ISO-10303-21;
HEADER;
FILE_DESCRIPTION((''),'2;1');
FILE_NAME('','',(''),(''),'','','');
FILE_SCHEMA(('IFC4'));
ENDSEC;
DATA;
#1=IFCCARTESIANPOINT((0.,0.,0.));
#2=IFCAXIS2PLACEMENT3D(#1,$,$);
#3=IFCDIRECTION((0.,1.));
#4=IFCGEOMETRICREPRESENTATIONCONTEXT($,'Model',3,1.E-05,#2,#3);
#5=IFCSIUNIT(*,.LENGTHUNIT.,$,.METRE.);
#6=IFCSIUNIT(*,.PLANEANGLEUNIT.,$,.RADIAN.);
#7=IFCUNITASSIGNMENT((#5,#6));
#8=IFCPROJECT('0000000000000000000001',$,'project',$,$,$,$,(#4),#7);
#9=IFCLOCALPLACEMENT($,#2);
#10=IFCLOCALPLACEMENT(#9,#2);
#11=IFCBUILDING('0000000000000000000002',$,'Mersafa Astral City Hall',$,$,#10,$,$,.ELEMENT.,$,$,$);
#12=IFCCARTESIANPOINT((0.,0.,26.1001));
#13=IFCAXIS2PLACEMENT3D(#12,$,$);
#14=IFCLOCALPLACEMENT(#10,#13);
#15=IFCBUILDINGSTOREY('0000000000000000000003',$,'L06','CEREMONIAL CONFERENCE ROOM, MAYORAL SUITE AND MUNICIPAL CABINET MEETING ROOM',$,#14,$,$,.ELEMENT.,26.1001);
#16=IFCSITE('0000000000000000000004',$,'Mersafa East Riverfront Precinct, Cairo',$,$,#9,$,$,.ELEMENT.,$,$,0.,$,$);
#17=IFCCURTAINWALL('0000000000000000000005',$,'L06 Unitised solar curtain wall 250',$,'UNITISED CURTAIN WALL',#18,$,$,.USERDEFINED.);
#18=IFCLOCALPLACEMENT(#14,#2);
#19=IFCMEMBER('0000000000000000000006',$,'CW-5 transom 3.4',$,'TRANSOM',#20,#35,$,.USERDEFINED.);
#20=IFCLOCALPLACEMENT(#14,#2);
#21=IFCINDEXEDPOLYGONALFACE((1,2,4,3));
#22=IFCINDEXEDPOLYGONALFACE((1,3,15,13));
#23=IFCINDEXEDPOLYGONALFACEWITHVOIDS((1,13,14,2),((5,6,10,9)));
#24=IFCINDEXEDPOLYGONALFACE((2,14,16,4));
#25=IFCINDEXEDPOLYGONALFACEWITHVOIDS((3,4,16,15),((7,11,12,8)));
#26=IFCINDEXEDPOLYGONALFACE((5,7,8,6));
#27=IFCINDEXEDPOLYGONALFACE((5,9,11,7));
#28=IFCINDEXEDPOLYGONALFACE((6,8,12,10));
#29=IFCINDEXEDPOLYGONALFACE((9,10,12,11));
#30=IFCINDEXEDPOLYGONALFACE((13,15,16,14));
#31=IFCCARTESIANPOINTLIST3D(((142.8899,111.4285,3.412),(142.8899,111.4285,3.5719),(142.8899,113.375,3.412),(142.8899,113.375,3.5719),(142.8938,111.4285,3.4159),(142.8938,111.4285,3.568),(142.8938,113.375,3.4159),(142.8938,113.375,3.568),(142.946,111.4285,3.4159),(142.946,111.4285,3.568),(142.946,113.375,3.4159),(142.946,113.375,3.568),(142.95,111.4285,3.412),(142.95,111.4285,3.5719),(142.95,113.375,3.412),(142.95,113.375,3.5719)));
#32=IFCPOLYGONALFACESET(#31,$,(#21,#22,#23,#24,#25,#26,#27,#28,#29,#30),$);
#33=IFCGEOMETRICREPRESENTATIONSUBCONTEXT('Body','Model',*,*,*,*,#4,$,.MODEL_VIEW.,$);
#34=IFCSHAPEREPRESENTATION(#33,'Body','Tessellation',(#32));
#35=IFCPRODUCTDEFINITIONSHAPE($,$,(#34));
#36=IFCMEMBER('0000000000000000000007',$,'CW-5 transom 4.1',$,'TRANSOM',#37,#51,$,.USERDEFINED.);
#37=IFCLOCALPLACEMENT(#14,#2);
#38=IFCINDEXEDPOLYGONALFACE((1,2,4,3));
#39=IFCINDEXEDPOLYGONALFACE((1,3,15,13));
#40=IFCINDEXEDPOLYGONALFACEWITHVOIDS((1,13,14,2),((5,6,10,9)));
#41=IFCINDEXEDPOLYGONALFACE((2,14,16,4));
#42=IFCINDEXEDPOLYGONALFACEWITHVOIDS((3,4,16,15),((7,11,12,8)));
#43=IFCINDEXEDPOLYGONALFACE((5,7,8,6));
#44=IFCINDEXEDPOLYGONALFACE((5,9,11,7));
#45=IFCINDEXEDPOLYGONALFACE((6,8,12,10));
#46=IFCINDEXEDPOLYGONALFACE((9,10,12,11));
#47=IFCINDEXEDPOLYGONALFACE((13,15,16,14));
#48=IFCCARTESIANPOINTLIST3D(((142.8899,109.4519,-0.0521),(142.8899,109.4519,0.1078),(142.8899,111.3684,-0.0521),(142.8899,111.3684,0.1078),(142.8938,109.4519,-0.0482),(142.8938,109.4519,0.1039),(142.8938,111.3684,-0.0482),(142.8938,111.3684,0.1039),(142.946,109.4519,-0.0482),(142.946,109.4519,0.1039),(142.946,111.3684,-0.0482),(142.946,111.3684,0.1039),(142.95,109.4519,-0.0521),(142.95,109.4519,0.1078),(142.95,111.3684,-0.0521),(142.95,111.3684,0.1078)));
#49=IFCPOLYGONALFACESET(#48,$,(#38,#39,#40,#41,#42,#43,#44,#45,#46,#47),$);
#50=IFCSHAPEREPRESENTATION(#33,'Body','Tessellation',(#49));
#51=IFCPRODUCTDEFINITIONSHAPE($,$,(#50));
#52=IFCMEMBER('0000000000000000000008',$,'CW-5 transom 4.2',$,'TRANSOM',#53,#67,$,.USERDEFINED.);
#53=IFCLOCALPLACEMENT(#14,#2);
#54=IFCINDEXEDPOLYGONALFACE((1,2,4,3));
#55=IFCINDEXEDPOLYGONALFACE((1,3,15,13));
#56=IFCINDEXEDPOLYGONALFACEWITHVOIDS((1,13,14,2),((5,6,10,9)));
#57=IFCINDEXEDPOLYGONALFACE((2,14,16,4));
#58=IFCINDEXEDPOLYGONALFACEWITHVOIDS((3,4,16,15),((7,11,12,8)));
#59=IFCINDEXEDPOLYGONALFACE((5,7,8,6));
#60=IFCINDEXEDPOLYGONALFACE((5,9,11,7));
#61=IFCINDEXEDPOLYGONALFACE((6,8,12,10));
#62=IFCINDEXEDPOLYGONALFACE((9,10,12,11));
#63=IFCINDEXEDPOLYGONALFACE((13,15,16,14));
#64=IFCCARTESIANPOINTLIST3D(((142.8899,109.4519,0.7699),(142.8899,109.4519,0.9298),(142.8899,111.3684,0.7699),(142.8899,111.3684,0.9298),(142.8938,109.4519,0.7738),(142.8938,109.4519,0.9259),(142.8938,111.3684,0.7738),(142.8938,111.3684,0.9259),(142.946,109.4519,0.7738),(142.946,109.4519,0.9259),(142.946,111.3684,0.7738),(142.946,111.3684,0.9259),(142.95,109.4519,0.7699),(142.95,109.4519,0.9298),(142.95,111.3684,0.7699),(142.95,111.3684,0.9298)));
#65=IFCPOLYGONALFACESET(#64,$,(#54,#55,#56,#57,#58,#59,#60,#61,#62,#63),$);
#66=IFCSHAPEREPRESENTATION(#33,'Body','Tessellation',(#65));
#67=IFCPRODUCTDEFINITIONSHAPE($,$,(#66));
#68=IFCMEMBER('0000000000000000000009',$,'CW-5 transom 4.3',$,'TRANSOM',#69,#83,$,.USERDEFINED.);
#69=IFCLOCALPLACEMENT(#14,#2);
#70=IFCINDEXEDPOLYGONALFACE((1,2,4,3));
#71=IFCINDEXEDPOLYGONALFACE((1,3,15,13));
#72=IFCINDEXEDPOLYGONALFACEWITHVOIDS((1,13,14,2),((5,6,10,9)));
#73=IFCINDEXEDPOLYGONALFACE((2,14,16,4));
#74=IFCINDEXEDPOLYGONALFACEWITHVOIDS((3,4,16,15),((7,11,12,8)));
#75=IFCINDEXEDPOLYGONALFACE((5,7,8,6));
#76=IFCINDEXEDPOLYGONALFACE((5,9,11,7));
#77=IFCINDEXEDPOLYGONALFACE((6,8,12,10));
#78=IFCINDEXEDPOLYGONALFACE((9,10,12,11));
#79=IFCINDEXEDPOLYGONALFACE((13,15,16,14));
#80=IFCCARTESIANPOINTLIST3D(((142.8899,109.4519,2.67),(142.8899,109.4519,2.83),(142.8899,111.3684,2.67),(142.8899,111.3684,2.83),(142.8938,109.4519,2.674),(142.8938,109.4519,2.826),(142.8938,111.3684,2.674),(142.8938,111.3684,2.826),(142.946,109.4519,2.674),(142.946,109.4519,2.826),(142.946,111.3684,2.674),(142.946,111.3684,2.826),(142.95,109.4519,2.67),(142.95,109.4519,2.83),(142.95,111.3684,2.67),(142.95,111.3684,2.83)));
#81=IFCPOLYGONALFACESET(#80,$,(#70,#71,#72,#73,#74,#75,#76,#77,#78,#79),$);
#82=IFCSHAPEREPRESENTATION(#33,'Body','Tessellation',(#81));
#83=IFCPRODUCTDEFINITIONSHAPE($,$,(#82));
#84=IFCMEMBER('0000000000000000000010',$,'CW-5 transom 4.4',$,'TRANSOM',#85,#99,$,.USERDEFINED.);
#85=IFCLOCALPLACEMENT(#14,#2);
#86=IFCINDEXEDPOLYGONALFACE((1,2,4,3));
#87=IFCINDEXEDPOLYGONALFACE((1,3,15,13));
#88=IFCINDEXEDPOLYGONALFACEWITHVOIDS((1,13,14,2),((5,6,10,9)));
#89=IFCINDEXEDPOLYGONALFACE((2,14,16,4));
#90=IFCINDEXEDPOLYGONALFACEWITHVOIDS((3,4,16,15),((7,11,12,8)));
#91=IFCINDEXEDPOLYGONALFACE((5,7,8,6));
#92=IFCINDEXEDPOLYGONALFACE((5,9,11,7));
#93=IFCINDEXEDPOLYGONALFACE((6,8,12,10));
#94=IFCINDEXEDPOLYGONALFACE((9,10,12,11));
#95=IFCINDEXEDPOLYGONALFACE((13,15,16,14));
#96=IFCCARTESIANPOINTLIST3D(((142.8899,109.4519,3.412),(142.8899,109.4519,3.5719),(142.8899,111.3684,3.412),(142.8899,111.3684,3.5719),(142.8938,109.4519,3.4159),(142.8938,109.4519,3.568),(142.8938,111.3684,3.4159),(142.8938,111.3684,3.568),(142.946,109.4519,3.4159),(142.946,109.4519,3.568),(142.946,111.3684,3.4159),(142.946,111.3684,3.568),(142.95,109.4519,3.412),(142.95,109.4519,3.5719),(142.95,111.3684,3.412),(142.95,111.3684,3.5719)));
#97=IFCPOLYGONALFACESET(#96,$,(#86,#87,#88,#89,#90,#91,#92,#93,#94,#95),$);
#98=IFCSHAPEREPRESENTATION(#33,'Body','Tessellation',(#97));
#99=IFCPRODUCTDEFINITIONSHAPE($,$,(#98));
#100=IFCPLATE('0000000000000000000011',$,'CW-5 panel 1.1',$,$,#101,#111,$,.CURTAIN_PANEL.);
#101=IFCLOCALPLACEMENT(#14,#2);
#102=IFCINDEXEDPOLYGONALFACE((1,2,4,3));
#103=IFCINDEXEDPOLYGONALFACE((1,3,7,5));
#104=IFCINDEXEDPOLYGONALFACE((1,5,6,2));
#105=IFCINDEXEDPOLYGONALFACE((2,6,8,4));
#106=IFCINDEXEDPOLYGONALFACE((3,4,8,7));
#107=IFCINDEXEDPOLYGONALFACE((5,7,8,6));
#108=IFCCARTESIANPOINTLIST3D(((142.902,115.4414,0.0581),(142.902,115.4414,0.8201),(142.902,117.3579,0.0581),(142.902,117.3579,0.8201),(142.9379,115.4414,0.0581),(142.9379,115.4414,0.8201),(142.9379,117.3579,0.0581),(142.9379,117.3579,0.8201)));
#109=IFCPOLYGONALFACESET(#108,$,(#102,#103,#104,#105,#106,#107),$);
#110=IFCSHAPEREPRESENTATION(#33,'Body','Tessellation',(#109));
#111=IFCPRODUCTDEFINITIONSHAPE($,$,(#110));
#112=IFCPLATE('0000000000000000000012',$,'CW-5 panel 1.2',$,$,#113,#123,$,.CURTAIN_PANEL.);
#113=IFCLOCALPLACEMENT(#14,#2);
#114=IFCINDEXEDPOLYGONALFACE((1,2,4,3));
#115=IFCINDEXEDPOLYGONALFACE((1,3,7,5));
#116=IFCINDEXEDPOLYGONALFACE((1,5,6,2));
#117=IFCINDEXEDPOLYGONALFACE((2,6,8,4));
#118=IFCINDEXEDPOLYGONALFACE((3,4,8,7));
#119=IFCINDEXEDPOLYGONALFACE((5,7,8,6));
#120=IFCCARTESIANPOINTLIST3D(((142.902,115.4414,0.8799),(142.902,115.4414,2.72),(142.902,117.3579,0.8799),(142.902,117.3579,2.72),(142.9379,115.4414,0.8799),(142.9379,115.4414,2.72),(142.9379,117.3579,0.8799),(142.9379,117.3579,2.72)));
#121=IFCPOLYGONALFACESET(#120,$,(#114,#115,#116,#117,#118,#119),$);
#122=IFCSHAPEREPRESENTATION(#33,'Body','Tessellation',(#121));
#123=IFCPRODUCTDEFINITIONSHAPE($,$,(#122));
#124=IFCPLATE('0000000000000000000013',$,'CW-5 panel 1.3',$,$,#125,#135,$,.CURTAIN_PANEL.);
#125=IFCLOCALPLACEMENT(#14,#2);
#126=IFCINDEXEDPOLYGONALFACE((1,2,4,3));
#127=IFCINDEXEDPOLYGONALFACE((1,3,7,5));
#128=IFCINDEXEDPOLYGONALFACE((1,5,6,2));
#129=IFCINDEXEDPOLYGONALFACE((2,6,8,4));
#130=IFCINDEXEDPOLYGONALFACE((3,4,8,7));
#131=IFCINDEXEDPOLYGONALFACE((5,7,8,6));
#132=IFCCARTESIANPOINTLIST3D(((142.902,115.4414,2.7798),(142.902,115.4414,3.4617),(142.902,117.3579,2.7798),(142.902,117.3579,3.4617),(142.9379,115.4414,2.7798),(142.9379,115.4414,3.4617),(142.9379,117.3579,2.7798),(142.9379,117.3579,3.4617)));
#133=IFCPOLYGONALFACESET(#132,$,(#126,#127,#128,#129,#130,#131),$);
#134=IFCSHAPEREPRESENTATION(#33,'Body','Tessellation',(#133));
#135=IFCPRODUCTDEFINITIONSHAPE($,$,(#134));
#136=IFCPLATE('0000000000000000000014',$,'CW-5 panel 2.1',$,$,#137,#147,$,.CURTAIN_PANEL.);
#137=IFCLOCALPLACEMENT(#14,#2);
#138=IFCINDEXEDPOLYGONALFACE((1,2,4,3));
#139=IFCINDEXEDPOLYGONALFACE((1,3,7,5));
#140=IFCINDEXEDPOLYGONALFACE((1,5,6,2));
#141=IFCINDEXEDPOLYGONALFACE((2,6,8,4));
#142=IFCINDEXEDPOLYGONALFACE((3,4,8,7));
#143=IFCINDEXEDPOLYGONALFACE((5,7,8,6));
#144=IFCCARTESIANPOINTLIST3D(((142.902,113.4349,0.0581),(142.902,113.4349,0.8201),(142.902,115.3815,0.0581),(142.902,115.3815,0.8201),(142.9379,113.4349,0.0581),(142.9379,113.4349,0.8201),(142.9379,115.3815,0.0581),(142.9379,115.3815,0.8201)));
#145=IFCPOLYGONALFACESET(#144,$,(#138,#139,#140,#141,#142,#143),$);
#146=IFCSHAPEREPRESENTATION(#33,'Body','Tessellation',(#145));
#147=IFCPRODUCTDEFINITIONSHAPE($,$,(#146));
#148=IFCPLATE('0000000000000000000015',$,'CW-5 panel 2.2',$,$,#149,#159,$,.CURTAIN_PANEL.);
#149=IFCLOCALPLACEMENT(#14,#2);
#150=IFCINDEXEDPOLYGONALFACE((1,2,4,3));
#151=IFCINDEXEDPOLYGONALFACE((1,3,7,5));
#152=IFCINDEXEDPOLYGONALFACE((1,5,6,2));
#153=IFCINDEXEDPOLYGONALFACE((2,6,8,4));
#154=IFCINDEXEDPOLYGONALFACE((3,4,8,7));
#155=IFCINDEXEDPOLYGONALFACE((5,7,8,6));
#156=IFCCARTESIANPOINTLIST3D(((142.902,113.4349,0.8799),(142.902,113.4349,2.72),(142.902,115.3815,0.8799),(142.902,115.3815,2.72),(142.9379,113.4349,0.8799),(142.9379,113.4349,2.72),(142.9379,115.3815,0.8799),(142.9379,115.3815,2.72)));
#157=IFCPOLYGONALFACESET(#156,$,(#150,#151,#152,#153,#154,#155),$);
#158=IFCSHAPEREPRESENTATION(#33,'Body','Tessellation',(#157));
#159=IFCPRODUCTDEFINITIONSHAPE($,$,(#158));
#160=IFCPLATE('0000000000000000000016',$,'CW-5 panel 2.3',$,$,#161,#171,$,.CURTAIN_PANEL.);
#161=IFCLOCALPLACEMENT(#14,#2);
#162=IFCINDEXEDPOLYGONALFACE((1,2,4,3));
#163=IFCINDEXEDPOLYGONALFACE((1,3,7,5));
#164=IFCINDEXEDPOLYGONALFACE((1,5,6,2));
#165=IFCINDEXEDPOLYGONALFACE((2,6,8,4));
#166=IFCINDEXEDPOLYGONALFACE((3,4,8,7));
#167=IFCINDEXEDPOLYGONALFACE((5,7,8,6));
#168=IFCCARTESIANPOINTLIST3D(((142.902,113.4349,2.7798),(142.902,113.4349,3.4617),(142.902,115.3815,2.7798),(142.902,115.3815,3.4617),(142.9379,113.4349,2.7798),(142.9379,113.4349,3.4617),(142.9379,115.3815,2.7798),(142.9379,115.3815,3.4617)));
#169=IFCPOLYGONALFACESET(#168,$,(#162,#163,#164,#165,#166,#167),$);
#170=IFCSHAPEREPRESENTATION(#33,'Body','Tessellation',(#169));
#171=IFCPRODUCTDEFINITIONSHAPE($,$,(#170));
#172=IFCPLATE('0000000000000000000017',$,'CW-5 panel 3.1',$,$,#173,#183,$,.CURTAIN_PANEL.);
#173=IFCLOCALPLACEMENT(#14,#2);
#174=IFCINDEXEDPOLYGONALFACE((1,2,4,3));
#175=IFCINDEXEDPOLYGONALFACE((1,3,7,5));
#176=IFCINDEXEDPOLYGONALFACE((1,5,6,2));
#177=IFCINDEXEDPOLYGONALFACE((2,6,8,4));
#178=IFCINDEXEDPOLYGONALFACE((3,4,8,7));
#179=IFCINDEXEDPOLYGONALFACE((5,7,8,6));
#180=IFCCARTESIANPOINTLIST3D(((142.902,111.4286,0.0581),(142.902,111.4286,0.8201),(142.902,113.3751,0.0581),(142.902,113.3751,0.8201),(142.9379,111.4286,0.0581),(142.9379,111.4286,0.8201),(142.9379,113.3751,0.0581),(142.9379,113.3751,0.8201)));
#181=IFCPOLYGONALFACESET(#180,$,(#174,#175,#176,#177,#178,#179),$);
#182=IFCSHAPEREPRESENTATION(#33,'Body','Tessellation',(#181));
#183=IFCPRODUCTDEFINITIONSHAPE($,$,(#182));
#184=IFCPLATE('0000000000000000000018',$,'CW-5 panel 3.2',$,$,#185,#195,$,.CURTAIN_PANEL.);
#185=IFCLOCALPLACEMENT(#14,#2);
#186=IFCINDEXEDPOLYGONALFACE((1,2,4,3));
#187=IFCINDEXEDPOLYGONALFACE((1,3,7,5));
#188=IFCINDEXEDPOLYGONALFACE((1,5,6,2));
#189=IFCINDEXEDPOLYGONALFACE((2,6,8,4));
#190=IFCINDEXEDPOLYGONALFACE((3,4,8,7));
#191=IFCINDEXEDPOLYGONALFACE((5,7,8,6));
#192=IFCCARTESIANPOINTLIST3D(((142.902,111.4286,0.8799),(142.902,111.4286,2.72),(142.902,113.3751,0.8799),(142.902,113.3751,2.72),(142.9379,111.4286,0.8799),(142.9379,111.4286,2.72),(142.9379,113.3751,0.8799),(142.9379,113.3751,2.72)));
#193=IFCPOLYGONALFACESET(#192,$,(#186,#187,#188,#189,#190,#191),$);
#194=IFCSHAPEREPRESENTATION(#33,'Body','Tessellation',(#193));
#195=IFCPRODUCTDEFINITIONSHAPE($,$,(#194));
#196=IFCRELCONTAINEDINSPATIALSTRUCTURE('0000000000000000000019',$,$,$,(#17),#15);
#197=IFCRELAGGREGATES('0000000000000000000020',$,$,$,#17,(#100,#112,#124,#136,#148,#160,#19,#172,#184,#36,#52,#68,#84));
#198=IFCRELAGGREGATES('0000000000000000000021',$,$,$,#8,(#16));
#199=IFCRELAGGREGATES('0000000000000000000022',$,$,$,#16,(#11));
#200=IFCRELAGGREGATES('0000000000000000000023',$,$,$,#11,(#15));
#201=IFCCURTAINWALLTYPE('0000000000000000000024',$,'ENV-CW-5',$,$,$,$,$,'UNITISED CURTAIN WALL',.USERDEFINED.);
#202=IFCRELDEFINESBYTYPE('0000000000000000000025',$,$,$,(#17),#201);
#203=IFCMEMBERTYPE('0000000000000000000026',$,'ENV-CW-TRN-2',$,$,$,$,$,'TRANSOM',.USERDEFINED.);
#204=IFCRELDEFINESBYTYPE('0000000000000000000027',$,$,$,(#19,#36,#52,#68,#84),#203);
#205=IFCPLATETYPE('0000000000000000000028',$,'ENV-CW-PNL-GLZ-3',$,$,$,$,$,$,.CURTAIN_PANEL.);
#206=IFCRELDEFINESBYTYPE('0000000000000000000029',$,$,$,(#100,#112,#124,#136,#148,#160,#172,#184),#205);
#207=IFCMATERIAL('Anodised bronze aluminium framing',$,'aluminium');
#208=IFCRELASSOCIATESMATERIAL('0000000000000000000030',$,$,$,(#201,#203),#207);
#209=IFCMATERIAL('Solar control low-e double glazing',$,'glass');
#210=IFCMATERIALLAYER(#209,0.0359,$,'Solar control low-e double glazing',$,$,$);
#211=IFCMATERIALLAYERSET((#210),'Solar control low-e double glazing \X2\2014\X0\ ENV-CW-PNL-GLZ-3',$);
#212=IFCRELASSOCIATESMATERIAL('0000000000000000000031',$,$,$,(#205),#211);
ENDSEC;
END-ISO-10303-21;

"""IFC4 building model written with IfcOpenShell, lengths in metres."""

from ifc_helpers import new_model, si_unit, direction, frame, origin, origin_2d, place, context, subcontext, project, spatial, rectangle, hollow_rectangle, extrude, material, layer, layer_set, material_profile, profile_set, type_object, element, aggregate, save


model = new_model("IFC4")

# Units and contexts
model_context = context("Model", 3, precision=1e-05, world=origin(), true_north=direction((0.0, 1.0)))
body_context = subcontext(model_context, "Body", "Model", "MODEL_VIEW")
ifc_project = project(units=[si_unit("LENGTHUNIT", "METRE"), si_unit("PLANEANGLEUNIT", "RADIAN")], contexts=[model_context])

# Site, building, storey
site_placement = place(None, origin())
site = spatial("IfcSite", under=ifc_project, at=site_placement, Name="Mersafa East Riverfront Precinct, Cairo", CompositionType="ELEMENT", RefElevation=0.0)
building_placement = place(site_placement, origin())
building = spatial("IfcBuilding", under=site, at=building_placement, Name="Mersafa Astral City Hall", CompositionType="ELEMENT")
storey_placement = place(building_placement, frame((0.0, 0.0, 26.1001)))
storey = spatial("IfcBuildingStorey", under=building, at=storey_placement, Name="L06", Description="CEREMONIAL CONFERENCE ROOM, MAYORAL SUITE AND MUNICIPAL CABINET MEETING ROOM", CompositionType="ELEMENT", Elevation=26.1001)

# Curtain wall, members, plates
ifc_material_1 = material(Name="Anodised bronze aluminium framing", Category="aluminium")
curtain_wall_type = type_object("IfcCurtainWallType", Name="ENV-CW-5", ElementType="UNITISED CURTAIN WALL", PredefinedType="USERDEFINED", material=ifc_material_1)
curtain_wall_placement = place(storey_placement, origin())
curtain_wall = element("IfcCurtainWall", 1, at=curtain_wall_placement, inside=storey, type_object=curtain_wall_type, Name="L06 Unitised solar curtain wall 250", ObjectType="UNITISED CURTAIN WALL", PredefinedType="USERDEFINED")
ifc_material_profile_1 = material_profile(ifc_material_1, hollow_rectangle(XDim=0.0601, YDim=0.1599, WallThickness=0.0039, at=origin_2d()), Name="RHS 60x160x4")
ifc_profile_set_1 = profile_set([ifc_material_profile_1], Name="Anodised bronze aluminium framing")
member_type_1 = type_object("IfcMemberType", Name="ENV-CW-TRN-2", ElementType="TRANSOM", PredefinedType="USERDEFINED", material=ifc_profile_set_1)
member_1_placement = place(storey_placement, frame((142.9199, 113.375, 3.4919), z_axis=(0.0, -1.0, 0.0), x_axis=(1.0, 0.0, 0.0)))
member_1 = element("IfcMember", 2, at=member_1_placement, type_object=member_type_1, Name="CW-5 transom 3.4", ObjectType="TRANSOM", PredefinedType="USERDEFINED", context=body_context, shape_type="SweptSolid", body=[
    extrude(hollow_rectangle(XDim=0.0601, YDim=0.1599, WallThickness=0.0039, at=origin_2d()), origin(), (0.0, 0.0, 1.0), 1.9465),
])
member_2_placement = place(storey_placement, frame((142.9199, 111.3684, 0.0278), z_axis=(0.0, -1.0, 0.0), x_axis=(1.0, 0.0, 0.0)))
member_2 = element("IfcMember", 3, at=member_2_placement, type_object=member_type_1, Name="CW-5 transom 4.1", ObjectType="TRANSOM", PredefinedType="USERDEFINED", context=body_context, shape_type="SweptSolid", body=[
    extrude(hollow_rectangle(XDim=0.0601, YDim=0.1599, WallThickness=0.0039, at=origin_2d()), origin(), (0.0, 0.0, 1.0), 1.9165),
])
member_3_placement = place(storey_placement, frame((142.9199, 111.3684, 0.8499), z_axis=(0.0, -1.0, 0.0), x_axis=(1.0, 0.0, 0.0)))
member_3 = element("IfcMember", 4, at=member_3_placement, type_object=member_type_1, Name="CW-5 transom 4.2", ObjectType="TRANSOM", PredefinedType="USERDEFINED", context=body_context, shape_type="SweptSolid", body=[
    extrude(hollow_rectangle(XDim=0.0601, YDim=0.1599, WallThickness=0.0039, at=origin_2d()), origin(), (0.0, 0.0, 1.0), 1.9165),
])
member_4_placement = place(storey_placement, frame((142.9199, 111.3684, 2.75), z_axis=(0.0, -1.0, 0.0), x_axis=(1.0, 0.0, 0.0)))
member_4 = element("IfcMember", 5, at=member_4_placement, type_object=member_type_1, Name="CW-5 transom 4.3", ObjectType="TRANSOM", PredefinedType="USERDEFINED", context=body_context, shape_type="SweptSolid", body=[
    extrude(hollow_rectangle(XDim=0.0601, YDim=0.1599, WallThickness=0.0039, at=origin_2d()), origin(), (0.0, 0.0, 1.0), 1.9165),
])
member_5_placement = place(storey_placement, frame((142.9199, 111.3684, 3.4919), z_axis=(0.0, -1.0, 0.0), x_axis=(1.0, 0.0, 0.0)))
member_5 = element("IfcMember", 6, at=member_5_placement, type_object=member_type_1, Name="CW-5 transom 4.4", ObjectType="TRANSOM", PredefinedType="USERDEFINED", context=body_context, shape_type="SweptSolid", body=[
    extrude(hollow_rectangle(XDim=0.0601, YDim=0.1599, WallThickness=0.0039, at=origin_2d()), origin(), (0.0, 0.0, 1.0), 1.9165),
])
ifc_material_2 = material(Name="Solar control low-e double glazing", Category="glass")
ifc_layer_1 = layer(ifc_material_2, 0.0359, Name="Solar control low-e double glazing")
ifc_layer_set_1 = layer_set([ifc_layer_1], Name="Solar control low-e double glazing — ENV-CW-PNL-GLZ-3")
plate_type = type_object("IfcPlateType", Name="ENV-CW-PNL-GLZ-3", PredefinedType="CURTAIN_PANEL", material=ifc_layer_set_1)
plate_1_placement = place(storey_placement, frame((142.9199, 116.3997, 0.0581), z_axis=(0.0, 0.0, 1.0), x_axis=(0.0, -1.0, 0.0)))
plate_1 = element("IfcPlate", 7, at=plate_1_placement, type_object=plate_type, Name="CW-5 panel 1.1", PredefinedType="CURTAIN_PANEL", context=body_context, shape_type="SweptSolid", body=[
    extrude(rectangle(XDim=1.9165, YDim=0.0359, at=origin_2d()), origin(), (0.0, 0.0, 1.0), 0.762),
])
plate_2_placement = place(storey_placement, frame((142.9199, 116.3997, 0.8799), z_axis=(0.0, 0.0, 1.0), x_axis=(0.0, -1.0, 0.0)))
plate_2 = element("IfcPlate", 8, at=plate_2_placement, type_object=plate_type, Name="CW-5 panel 1.2", PredefinedType="CURTAIN_PANEL", context=body_context, shape_type="SweptSolid", body=[
    extrude(rectangle(XDim=1.9165, YDim=0.0359, at=origin_2d()), origin(), (0.0, 0.0, 1.0), 1.8401),
])
plate_3_placement = place(storey_placement, frame((142.9199, 116.3997, 2.7798), z_axis=(0.0, 0.0, 1.0), x_axis=(0.0, -1.0, 0.0)))
plate_3 = element("IfcPlate", 9, at=plate_3_placement, type_object=plate_type, Name="CW-5 panel 1.3", PredefinedType="CURTAIN_PANEL", context=body_context, shape_type="SweptSolid", body=[
    extrude(rectangle(XDim=1.9165, YDim=0.0359, at=origin_2d()), origin(), (0.0, 0.0, 1.0), 0.6819),
])
plate_4_placement = place(storey_placement, frame((142.9199, 114.4082, 0.0581), z_axis=(0.0, 0.0, 1.0), x_axis=(0.0, -1.0, 0.0)))
plate_4 = element("IfcPlate", 10, at=plate_4_placement, type_object=plate_type, Name="CW-5 panel 2.1", PredefinedType="CURTAIN_PANEL", context=body_context, shape_type="SweptSolid", body=[
    extrude(rectangle(XDim=1.9465, YDim=0.0359, at=origin_2d()), origin(), (0.0, 0.0, 1.0), 0.762),
])
plate_5_placement = place(storey_placement, frame((142.9199, 114.4082, 0.8799), z_axis=(0.0, 0.0, 1.0), x_axis=(0.0, -1.0, 0.0)))
plate_5 = element("IfcPlate", 11, at=plate_5_placement, type_object=plate_type, Name="CW-5 panel 2.2", PredefinedType="CURTAIN_PANEL", context=body_context, shape_type="SweptSolid", body=[
    extrude(rectangle(XDim=1.9465, YDim=0.0359, at=origin_2d()), origin(), (0.0, 0.0, 1.0), 1.8401),
])
plate_6_placement = place(storey_placement, frame((142.9199, 114.4082, 2.7798), z_axis=(0.0, 0.0, 1.0), x_axis=(0.0, -1.0, 0.0)))
plate_6 = element("IfcPlate", 12, at=plate_6_placement, type_object=plate_type, Name="CW-5 panel 2.3", PredefinedType="CURTAIN_PANEL", context=body_context, shape_type="SweptSolid", body=[
    extrude(rectangle(XDim=1.9465, YDim=0.0359, at=origin_2d()), origin(), (0.0, 0.0, 1.0), 0.6819),
])
plate_7_placement = place(storey_placement, frame((142.9199, 112.4019, 0.0581), z_axis=(0.0, 0.0, 1.0), x_axis=(0.0, -1.0, 0.0)))
plate_7 = element("IfcPlate", 13, at=plate_7_placement, type_object=plate_type, Name="CW-5 panel 3.1", PredefinedType="CURTAIN_PANEL", context=body_context, shape_type="SweptSolid", body=[
    extrude(rectangle(XDim=1.9465, YDim=0.0359, at=origin_2d()), origin(), (0.0, 0.0, 1.0), 0.762),
])
plate_8_placement = place(storey_placement, frame((142.9199, 112.4019, 0.8799), z_axis=(0.0, 0.0, 1.0), x_axis=(0.0, -1.0, 0.0)))
plate_8 = element("IfcPlate", 14, at=plate_8_placement, type_object=plate_type, Name="CW-5 panel 3.2", PredefinedType="CURTAIN_PANEL", context=body_context, shape_type="SweptSolid", body=[
    extrude(rectangle(XDim=1.9465, YDim=0.0359, at=origin_2d()), origin(), (0.0, 0.0, 1.0), 1.8401),
])
aggregate(curtain_wall, [plate_1, plate_2, plate_3, plate_4, plate_5, plate_6, member_1, plate_7, plate_8, member_2, member_3, member_4, member_5])

save(model, "model.ifc")
